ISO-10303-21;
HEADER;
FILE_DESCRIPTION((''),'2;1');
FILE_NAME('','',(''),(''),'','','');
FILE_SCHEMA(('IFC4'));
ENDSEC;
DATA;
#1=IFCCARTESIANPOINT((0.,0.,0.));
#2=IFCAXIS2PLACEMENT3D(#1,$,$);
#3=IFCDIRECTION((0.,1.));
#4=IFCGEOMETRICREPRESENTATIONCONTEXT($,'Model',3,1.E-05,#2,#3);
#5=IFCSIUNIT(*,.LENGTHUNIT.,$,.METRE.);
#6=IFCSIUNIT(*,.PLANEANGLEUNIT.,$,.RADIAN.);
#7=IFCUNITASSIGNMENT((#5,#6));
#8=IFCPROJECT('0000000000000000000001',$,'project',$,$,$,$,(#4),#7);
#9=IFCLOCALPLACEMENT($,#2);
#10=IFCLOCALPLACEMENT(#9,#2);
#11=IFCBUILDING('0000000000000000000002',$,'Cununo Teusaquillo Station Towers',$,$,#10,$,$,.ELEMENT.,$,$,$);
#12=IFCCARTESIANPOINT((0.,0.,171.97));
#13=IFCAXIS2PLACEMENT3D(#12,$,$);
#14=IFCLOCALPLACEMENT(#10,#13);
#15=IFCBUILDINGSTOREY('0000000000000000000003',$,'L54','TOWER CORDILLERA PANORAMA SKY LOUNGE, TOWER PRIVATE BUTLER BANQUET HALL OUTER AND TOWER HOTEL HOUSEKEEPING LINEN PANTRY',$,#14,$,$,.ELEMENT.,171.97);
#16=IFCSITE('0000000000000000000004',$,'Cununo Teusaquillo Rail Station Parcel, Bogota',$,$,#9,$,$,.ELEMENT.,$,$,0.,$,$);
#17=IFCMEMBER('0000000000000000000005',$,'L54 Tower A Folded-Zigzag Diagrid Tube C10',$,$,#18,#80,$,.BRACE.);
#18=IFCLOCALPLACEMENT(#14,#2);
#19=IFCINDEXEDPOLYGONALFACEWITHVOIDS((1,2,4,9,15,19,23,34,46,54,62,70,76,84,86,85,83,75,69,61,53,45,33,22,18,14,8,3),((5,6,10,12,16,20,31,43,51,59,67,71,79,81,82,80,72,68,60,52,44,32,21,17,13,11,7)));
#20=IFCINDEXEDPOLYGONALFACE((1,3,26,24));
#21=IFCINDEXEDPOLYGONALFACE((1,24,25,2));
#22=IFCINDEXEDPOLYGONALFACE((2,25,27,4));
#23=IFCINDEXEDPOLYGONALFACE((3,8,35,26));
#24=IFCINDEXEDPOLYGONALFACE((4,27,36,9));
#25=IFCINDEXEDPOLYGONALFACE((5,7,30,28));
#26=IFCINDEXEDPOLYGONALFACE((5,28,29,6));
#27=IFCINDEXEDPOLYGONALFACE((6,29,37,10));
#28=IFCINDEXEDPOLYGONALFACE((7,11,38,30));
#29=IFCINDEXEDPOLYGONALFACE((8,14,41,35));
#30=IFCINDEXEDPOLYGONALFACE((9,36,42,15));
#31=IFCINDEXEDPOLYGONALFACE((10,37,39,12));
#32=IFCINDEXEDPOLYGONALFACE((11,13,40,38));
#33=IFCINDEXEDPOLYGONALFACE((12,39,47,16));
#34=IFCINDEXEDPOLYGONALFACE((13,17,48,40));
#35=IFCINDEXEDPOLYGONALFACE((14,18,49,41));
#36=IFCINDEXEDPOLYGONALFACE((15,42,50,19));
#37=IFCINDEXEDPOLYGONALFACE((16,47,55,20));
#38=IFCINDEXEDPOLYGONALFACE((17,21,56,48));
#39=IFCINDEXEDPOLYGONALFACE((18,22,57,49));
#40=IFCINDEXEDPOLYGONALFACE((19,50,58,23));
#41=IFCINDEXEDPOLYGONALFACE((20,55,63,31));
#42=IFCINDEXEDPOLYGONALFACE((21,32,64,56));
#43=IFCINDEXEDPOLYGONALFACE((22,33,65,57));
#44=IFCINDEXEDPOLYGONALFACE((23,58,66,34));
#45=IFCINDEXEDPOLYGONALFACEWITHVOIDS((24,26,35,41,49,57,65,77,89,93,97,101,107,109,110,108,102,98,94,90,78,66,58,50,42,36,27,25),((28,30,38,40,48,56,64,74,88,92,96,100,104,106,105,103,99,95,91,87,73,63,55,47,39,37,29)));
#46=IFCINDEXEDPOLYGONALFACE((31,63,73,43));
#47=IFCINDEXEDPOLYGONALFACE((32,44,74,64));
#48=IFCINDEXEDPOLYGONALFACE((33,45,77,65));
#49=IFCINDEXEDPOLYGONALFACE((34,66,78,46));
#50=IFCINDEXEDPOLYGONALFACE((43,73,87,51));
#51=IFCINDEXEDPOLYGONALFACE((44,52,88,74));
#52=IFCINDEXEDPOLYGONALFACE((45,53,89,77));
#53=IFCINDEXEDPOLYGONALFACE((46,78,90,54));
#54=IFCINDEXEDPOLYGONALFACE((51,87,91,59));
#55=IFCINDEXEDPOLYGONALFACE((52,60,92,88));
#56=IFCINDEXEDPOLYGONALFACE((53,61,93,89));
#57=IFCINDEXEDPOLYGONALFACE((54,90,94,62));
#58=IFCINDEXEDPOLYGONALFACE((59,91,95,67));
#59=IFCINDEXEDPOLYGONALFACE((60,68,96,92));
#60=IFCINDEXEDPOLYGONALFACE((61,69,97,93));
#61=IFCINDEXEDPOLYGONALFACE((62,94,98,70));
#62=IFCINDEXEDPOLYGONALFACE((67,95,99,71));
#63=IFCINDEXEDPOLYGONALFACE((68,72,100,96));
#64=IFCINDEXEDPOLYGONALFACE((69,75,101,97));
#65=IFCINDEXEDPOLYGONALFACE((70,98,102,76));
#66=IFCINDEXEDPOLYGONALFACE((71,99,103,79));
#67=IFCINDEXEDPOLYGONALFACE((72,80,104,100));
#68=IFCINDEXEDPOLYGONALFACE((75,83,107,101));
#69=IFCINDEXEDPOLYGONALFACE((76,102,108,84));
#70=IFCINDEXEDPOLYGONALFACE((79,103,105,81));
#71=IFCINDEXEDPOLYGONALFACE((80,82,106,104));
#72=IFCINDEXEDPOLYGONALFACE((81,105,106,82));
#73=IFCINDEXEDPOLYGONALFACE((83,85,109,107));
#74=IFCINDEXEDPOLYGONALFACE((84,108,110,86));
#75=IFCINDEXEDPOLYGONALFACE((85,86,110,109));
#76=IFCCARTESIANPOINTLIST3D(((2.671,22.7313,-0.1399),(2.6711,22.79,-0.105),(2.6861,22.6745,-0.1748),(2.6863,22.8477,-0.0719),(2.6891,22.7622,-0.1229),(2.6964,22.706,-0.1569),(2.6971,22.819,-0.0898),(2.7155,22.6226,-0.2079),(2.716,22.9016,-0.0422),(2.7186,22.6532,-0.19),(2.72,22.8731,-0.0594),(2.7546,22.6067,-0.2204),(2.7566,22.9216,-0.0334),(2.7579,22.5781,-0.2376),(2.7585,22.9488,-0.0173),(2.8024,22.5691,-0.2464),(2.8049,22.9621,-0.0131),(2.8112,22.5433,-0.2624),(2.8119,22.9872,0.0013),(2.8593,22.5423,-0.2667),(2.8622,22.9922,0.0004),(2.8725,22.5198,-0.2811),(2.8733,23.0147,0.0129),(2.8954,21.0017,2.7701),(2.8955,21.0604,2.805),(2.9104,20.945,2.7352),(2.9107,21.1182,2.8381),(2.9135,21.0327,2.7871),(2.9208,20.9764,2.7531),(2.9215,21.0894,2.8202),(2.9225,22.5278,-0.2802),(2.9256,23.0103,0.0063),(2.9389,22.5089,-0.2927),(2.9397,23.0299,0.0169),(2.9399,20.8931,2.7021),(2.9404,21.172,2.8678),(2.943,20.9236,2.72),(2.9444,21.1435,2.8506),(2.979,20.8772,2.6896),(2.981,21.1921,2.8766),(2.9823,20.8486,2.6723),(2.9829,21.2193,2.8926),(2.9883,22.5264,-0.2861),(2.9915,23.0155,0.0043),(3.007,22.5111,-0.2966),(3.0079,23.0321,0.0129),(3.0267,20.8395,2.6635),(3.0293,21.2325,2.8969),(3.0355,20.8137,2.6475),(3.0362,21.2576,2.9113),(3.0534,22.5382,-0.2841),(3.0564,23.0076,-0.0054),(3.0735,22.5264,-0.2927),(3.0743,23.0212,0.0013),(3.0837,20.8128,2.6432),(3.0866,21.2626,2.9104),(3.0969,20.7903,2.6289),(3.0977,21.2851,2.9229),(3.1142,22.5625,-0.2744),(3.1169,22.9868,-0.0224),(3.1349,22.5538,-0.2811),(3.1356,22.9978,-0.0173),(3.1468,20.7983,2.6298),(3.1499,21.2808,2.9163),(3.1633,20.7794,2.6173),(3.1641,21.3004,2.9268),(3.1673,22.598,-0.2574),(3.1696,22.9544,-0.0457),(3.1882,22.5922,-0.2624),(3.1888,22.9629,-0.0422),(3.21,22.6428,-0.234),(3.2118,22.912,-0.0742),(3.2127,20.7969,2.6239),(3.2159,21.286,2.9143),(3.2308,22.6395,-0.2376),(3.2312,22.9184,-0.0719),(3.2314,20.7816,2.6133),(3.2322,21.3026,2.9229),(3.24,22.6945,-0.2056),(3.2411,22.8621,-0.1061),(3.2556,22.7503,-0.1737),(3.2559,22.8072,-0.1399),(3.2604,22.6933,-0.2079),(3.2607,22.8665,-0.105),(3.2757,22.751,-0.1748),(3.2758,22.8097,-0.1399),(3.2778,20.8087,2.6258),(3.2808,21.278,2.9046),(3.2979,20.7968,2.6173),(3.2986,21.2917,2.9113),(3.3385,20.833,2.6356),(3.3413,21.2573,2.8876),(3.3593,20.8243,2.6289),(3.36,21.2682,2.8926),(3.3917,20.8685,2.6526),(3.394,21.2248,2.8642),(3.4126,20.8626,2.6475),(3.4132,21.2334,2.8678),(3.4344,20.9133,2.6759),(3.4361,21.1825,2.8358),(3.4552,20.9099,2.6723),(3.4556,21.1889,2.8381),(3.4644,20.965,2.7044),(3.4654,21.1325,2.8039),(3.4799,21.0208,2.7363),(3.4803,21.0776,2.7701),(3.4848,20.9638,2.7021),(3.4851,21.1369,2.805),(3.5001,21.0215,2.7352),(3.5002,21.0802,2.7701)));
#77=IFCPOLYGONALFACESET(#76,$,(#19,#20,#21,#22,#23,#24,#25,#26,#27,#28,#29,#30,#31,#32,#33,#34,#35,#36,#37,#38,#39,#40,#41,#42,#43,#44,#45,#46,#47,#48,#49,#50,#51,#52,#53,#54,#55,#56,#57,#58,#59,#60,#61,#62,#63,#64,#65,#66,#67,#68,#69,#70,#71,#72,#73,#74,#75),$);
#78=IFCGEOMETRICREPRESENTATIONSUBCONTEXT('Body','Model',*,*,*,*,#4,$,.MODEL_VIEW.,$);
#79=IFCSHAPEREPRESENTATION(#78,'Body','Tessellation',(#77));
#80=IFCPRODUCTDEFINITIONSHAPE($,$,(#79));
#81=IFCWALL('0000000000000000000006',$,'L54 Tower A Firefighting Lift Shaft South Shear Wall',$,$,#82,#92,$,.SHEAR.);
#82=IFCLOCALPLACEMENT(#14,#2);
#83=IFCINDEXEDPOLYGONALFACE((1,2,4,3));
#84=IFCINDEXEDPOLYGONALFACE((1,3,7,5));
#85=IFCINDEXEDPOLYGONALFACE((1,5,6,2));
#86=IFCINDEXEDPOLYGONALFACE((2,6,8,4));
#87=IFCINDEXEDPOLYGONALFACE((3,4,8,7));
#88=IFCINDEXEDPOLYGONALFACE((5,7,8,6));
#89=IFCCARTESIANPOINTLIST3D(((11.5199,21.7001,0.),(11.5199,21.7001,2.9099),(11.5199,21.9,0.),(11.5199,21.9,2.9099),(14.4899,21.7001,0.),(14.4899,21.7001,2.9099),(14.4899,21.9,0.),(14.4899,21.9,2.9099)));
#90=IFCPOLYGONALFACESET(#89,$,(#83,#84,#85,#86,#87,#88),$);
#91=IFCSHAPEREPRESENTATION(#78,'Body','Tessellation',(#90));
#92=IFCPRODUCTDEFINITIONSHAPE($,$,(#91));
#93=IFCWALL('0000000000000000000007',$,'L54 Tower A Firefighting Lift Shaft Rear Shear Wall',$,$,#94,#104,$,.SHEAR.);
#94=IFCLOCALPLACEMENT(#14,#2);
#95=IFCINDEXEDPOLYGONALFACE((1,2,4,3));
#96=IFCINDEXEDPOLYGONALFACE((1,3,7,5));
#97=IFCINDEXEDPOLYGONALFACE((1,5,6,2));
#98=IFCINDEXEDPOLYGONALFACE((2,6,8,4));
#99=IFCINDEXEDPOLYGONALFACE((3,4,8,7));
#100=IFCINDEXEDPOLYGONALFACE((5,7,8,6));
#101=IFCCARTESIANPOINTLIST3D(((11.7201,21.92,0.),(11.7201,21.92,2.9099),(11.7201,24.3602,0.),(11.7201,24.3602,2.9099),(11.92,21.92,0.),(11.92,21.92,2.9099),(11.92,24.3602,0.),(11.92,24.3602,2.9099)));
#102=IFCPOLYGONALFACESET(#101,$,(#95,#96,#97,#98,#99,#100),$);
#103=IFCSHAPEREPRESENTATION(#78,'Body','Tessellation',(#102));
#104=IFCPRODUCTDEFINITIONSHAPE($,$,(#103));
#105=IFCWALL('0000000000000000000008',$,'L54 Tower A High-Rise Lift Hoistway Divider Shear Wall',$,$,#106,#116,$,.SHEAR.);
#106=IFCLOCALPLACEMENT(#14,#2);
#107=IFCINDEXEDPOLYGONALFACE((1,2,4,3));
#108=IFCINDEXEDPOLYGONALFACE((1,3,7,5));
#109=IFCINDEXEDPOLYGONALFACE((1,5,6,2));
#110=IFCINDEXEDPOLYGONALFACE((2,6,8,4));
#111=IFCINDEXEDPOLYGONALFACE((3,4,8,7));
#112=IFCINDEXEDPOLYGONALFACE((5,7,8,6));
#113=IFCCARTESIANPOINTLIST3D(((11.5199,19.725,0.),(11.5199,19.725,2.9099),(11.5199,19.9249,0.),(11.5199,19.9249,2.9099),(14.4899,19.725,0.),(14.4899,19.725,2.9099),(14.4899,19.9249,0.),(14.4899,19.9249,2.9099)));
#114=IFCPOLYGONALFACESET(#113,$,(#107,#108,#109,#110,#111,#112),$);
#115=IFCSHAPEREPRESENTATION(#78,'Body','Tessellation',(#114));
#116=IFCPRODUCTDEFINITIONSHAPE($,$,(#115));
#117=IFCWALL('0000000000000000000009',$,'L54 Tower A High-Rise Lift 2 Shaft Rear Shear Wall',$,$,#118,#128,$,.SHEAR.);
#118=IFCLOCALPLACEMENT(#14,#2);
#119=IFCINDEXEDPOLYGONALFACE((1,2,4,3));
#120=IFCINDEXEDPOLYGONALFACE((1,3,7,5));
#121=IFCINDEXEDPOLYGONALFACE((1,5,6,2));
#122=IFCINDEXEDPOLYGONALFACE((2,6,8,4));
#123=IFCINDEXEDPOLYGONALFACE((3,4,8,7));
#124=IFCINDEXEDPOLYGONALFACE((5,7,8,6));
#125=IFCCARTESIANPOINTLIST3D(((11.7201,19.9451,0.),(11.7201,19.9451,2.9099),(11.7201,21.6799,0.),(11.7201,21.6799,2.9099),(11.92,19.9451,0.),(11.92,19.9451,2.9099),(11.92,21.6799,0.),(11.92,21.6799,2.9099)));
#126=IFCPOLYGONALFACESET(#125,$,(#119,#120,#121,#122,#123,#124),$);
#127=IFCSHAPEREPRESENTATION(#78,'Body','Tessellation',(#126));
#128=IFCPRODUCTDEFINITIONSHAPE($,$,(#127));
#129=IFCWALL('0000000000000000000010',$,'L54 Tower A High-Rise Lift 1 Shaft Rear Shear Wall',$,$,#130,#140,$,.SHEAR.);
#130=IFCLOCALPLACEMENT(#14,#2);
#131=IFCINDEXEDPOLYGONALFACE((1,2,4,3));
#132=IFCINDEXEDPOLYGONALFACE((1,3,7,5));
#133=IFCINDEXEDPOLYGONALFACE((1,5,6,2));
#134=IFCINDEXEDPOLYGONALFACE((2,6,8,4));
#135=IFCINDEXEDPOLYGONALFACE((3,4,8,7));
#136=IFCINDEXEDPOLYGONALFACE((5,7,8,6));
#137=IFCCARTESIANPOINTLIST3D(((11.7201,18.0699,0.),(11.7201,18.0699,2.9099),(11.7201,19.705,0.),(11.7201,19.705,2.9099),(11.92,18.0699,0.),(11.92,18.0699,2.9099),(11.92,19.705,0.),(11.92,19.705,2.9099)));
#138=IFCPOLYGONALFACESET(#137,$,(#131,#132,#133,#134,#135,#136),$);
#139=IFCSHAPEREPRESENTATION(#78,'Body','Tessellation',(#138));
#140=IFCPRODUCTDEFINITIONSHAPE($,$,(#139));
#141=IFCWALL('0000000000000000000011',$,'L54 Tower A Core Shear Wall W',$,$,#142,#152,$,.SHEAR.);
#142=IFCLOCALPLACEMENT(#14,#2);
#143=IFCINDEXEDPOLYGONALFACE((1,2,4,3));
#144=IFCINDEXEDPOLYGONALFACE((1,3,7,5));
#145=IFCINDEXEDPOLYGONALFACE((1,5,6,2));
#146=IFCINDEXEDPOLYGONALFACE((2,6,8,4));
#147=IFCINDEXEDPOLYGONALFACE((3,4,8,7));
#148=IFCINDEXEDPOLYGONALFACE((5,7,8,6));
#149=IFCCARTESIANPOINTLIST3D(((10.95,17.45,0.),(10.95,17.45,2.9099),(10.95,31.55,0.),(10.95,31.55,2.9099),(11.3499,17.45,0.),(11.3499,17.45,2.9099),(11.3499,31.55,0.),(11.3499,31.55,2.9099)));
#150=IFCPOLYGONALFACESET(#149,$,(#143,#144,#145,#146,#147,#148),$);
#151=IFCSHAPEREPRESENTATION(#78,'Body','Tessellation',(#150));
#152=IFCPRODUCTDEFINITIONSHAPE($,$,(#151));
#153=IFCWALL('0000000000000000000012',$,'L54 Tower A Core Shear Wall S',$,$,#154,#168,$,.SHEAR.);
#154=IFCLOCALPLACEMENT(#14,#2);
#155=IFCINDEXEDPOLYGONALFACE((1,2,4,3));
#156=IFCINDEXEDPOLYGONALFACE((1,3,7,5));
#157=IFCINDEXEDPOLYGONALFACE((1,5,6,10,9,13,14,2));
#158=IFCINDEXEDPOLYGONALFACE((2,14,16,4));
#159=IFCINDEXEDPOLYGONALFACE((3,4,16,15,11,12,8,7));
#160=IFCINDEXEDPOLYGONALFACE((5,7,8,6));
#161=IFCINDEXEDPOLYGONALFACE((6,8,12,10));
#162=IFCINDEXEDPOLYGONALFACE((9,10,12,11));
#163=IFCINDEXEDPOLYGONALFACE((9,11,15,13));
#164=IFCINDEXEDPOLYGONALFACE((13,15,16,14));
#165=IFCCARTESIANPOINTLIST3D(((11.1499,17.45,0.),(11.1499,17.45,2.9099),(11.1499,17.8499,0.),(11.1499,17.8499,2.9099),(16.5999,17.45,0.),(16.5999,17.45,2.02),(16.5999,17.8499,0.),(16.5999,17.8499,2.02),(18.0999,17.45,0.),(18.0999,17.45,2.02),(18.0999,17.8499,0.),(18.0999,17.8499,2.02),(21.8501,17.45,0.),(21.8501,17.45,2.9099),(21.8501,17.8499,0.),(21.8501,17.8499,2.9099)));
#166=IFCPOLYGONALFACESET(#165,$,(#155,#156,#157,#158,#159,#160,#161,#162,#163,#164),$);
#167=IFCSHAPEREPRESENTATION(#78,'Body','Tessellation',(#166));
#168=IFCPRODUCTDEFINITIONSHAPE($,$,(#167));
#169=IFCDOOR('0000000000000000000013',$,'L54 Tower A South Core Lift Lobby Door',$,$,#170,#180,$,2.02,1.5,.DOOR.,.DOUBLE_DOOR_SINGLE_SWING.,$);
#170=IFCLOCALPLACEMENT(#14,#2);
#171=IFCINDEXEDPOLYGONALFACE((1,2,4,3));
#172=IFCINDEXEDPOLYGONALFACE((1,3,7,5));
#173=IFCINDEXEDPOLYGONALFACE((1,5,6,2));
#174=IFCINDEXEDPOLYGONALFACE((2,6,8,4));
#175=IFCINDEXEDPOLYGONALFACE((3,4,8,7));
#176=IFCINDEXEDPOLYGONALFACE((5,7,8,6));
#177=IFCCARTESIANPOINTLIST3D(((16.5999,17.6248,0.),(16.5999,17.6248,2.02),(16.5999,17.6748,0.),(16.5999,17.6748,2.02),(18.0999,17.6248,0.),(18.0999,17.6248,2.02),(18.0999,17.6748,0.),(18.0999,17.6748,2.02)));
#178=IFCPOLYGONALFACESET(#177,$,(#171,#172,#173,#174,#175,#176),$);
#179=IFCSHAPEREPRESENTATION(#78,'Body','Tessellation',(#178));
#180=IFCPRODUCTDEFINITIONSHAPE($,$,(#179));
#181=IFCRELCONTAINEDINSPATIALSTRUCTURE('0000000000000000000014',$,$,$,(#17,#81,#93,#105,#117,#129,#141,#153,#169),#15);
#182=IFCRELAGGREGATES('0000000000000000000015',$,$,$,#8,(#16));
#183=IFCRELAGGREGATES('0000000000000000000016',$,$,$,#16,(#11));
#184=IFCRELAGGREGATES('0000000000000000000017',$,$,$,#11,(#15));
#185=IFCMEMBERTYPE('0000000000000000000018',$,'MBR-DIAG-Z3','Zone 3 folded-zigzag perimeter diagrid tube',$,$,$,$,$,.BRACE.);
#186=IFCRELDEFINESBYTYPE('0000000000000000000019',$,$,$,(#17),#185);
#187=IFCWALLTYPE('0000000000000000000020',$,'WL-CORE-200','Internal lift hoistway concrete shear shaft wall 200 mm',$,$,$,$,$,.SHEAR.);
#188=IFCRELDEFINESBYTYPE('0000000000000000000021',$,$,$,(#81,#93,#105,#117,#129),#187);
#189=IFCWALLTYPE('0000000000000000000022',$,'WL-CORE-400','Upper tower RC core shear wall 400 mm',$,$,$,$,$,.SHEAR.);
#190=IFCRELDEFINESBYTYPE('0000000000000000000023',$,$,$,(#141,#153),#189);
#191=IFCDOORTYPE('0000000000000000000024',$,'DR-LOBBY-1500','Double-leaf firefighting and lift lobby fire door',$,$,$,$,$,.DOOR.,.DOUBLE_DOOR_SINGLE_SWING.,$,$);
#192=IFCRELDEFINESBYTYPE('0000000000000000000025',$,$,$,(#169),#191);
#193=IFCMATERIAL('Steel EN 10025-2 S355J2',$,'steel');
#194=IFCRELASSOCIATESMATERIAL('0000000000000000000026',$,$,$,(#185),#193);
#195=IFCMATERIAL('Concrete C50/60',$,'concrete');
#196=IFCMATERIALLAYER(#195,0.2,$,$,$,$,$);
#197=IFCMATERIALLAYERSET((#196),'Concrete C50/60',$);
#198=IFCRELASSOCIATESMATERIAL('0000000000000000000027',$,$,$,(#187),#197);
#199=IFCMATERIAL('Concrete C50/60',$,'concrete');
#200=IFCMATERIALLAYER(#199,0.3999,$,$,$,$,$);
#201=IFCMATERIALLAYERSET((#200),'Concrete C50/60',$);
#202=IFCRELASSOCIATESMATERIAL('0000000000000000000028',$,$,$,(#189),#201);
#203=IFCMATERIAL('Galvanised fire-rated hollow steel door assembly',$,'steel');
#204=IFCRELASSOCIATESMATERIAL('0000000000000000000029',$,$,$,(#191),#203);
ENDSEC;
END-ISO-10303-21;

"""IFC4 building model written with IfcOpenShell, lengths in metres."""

from ifc_helpers import new_model, si_unit, direction, frame, frame_2d, origin, origin_2d, place, context, subcontext, project, spatial, rectangle, hollow_circle, extrude, source, transform, mapped, material, layer, layer_set, material_profile, profile_set, type_object, element, fill, save


model = new_model("IFC4")

# Units and contexts
model_context = context("Model", 3, precision=1e-05, world=origin(), true_north=direction((0.0, 1.0)))
body_context = subcontext(model_context, "Body", "Model", "MODEL_VIEW")
ifc_project = project(units=[si_unit("LENGTHUNIT", "METRE"), si_unit("PLANEANGLEUNIT", "RADIAN")], contexts=[model_context])

# Site, building, storey
site_placement = place(None, origin())
site = spatial("IfcSite", under=ifc_project, at=site_placement, Name="Cununo Teusaquillo Rail Station Parcel, Bogota", CompositionType="ELEMENT", RefElevation=0.0)
building_placement = place(site_placement, origin())
building = spatial("IfcBuilding", under=site, at=building_placement, Name="Cununo Teusaquillo Station Towers", CompositionType="ELEMENT")
storey_placement = place(building_placement, frame((0.0, 0.0, 171.97)))
storey = spatial("IfcBuildingStorey", under=building, at=storey_placement, Name="L54", Description="TOWER CORDILLERA PANORAMA SKY LOUNGE, TOWER PRIVATE BUTLER BANQUET HALL OUTER AND TOWER HOTEL HOUSEKEEPING LINEN PANTRY", CompositionType="ELEMENT", Elevation=171.97)

# Member
ifc_material_1 = material(Name="Steel EN 10025-2 S355J2", Category="steel")
ifc_material_profile_1 = material_profile(ifc_material_1, hollow_circle(Radius=0.3049, WallThickness=0.02, at=origin_2d()), Name="CHS 610x20")
ifc_profile_set_1 = profile_set([ifc_material_profile_1], Name="Steel EN 10025-2 S355J2")
member_type = type_object("IfcMemberType", Name="MBR-DIAG-Z3", Description="Zone 3 folded-zigzag perimeter diagrid tube", PredefinedType="BRACE", material=ifc_profile_set_1)
member_placement = place(storey_placement, frame((2.9734, 22.7705, -0.1399), z_axis=(0.066136, -0.509798, 0.857748), x_axis=(0.99169, 0.128651, 0.0)))
element("IfcMember", 1, at=member_placement, inside=storey, type_object=member_type, Name="L54 Tower A Folded-Zigzag Diagrid Tube C10", PredefinedType="BRACE", context=body_context, shape_type="SweptSolid", body=[
    extrude(hollow_circle(Radius=0.3049, WallThickness=0.02, at=origin_2d()), origin(), (0.0, 0.0, 1.0), 3.3926),
])

# Walls
ifc_material_2 = material(Name="Concrete C50/60", Category="concrete")
ifc_layer_1 = layer(ifc_material_2, 0.2)
ifc_layer_set_1 = layer_set([ifc_layer_1], Name="Concrete C50/60")
wall_type_1 = type_object("IfcWallType", Name="WL-CORE-200", Description="Internal lift hoistway concrete shear shaft wall 200 mm", PredefinedType="SHEAR", material=ifc_layer_set_1)
wall_1_placement = place(storey_placement, frame((11.52, 21.8, 0.0), z_axis=(0.0, 0.0, 1.0), x_axis=(1.0, 0.0, 0.0)))
element("IfcWall", 2, at=wall_1_placement, inside=storey, type_object=wall_type_1, Name="L54 Tower A Firefighting Lift Shaft South Shear Wall", PredefinedType="SHEAR", context=body_context, shape_type="SweptSolid", body=[
    extrude(rectangle(XDim=2.97, YDim=0.2, at=frame_2d((1.4849, 0.0))), origin(), (0.0, 0.0, 1.0), 2.9099),
])
wall_2_placement = place(storey_placement, frame((11.8201, 21.9199, 0.0), z_axis=(0.0, 0.0, 1.0), x_axis=(0.0, 1.0, 0.0)))
element("IfcWall", 3, at=wall_2_placement, inside=storey, type_object=wall_type_1, Name="L54 Tower A Firefighting Lift Shaft Rear Shear Wall", PredefinedType="SHEAR", context=body_context, shape_type="SweptSolid", body=[
    extrude(rectangle(XDim=2.4402, YDim=0.2, at=frame_2d((1.2202, 0.0))), origin(), (0.0, 0.0, 1.0), 2.9099),
])
wall_3_placement = place(storey_placement, frame((11.52, 19.825, 0.0), z_axis=(0.0, 0.0, 1.0), x_axis=(1.0, 0.0, 0.0)))
element("IfcWall", 4, at=wall_3_placement, inside=storey, type_object=wall_type_1, Name="L54 Tower A High-Rise Lift Hoistway Divider Shear Wall", PredefinedType="SHEAR", context=body_context, shape_type="SweptSolid", body=[
    extrude(rectangle(XDim=2.97, YDim=0.2, at=frame_2d((1.4849, 0.0))), origin(), (0.0, 0.0, 1.0), 2.9099),
])
wall_4_placement = place(storey_placement, frame((11.8201, 19.9451, 0.0), z_axis=(0.0, 0.0, 1.0), x_axis=(0.0, 1.0, 0.0)))
element("IfcWall", 5, at=wall_4_placement, inside=storey, type_object=wall_type_1, Name="L54 Tower A High-Rise Lift 2 Shaft Rear Shear Wall", PredefinedType="SHEAR", context=body_context, shape_type="SweptSolid", body=[
    extrude(rectangle(XDim=1.7349, YDim=0.2, at=frame_2d((0.8674, 0.0))), origin(), (0.0, 0.0, 1.0), 2.9099),
])
wall_5_placement = place(storey_placement, frame((11.8201, 18.0701, 0.0), z_axis=(0.0, 0.0, 1.0), x_axis=(0.0, 1.0, 0.0)))
element("IfcWall", 6, at=wall_5_placement, inside=storey, type_object=wall_type_1, Name="L54 Tower A High-Rise Lift 1 Shaft Rear Shear Wall", PredefinedType="SHEAR", context=body_context, shape_type="SweptSolid", body=[
    extrude(rectangle(XDim=1.635, YDim=0.2, at=frame_2d((0.8174, 0.0))), origin(), (0.0, 0.0, 1.0), 2.9099),
])
ifc_material_3 = material(Name="Concrete C50/60", Category="concrete")
ifc_layer_2 = layer(ifc_material_3, 0.3999)
ifc_layer_set_2 = layer_set([ifc_layer_2], Name="Concrete C50/60")
wall_type_2 = type_object("IfcWallType", Name="WL-CORE-400", Description="Upper tower RC core shear wall 400 mm", PredefinedType="SHEAR", material=ifc_layer_set_2)
wall_6_placement = place(storey_placement, frame((11.1499, 17.45, 0.0), z_axis=(0.0, 0.0, 1.0), x_axis=(0.0, 1.0, 0.0)))
element("IfcWall", 7, at=wall_6_placement, inside=storey, type_object=wall_type_2, Name="L54 Tower A Core Shear Wall W", PredefinedType="SHEAR", context=body_context, shape_type="SweptSolid", body=[
    extrude(rectangle(XDim=14.1001, YDim=0.3999, at=frame_2d((7.05, 0.0))), origin(), (0.0, 0.0, 1.0), 2.9099),
])

# Wall, opening, door
wall_7_placement = place(storey_placement, frame((11.1499, 17.6499, 0.0), z_axis=(0.0, 0.0, 1.0), x_axis=(1.0, 0.0, 0.0)))
wall_7 = element("IfcWall", 8, at=wall_7_placement, inside=storey, type_object=wall_type_2, Name="L54 Tower A Core Shear Wall S", PredefinedType="SHEAR", context=body_context, shape_type="SweptSolid", body=[
    extrude(rectangle(XDim=10.7002, YDim=0.3999, at=frame_2d((5.3501, 0.0))), origin(), (0.0, 0.0, 1.0), 2.9099),
])
shared_shape_1 = source(origin(), body_context, "Body", "SweptSolid", [
    extrude(rectangle(XDim=1.5, YDim=2.02, at=frame_2d((0.75, 1.01))), frame((0.0, 0.21, 0.0), z_axis=(0.0, -1.0, 0.0), x_axis=(1.0, 0.0, 0.0)), (0.0, 0.0, 1.0), 0.4199),
])
opening_1_placement = place(wall_7_placement, frame((5.45, 0.0, 0.0)))
opening_1 = element("IfcOpeningElement", 9, at=opening_1_placement, cuts=wall_7, PredefinedType="OPENING", context=body_context, shape_type="MappedRepresentation", body=[
    mapped(shared_shape_1, transform((0.0, 0.0, 0.0), x_axis=(1.0, 0.0, 0.0), y_axis=(0.0, 1.0, 0.0), z_axis=(0.0, 0.0, 1.0), scale=1.0)),
])
ifc_material_4 = material(Name="Galvanised fire-rated hollow steel door assembly", Category="steel")
door_type_1 = type_object("IfcDoorType", Name="DR-LOBBY-1500", Description="Double-leaf firefighting and lift lobby fire door", OperationType="DOUBLE_DOOR_SINGLE_SWING", PredefinedType="DOOR", material=ifc_material_4)
shared_shape_2 = source(origin(), body_context, "Body", "SweptSolid", [
    extrude(rectangle(XDim=1.5, YDim=2.02, at=frame_2d((0.75, 1.01))), frame((0.0, 0.0249, 0.0), z_axis=(0.0, -1.0, 0.0), x_axis=(1.0, 0.0, 0.0)), (0.0, 0.0, 1.0), 0.05),
])
door_1_placement = place(opening_1_placement, origin())
door_1 = element("IfcDoor", 10, at=door_1_placement, inside=storey, type_object=door_type_1, Name="L54 Tower A South Core Lift Lobby Door", OperationType="DOUBLE_DOOR_SINGLE_SWING", OverallHeight=2.02, OverallWidth=1.5, PredefinedType="DOOR", context=body_context, shape_type="MappedRepresentation", body=[
    mapped(shared_shape_2, transform((0.0, 0.0, 0.0), x_axis=(1.0, 0.0, 0.0), y_axis=(0.0, 1.0, 0.0), z_axis=(0.0, 0.0, 1.0), scale=1.0)),
])
fill(opening_1, door_1)

save(model, "model.ifc")
